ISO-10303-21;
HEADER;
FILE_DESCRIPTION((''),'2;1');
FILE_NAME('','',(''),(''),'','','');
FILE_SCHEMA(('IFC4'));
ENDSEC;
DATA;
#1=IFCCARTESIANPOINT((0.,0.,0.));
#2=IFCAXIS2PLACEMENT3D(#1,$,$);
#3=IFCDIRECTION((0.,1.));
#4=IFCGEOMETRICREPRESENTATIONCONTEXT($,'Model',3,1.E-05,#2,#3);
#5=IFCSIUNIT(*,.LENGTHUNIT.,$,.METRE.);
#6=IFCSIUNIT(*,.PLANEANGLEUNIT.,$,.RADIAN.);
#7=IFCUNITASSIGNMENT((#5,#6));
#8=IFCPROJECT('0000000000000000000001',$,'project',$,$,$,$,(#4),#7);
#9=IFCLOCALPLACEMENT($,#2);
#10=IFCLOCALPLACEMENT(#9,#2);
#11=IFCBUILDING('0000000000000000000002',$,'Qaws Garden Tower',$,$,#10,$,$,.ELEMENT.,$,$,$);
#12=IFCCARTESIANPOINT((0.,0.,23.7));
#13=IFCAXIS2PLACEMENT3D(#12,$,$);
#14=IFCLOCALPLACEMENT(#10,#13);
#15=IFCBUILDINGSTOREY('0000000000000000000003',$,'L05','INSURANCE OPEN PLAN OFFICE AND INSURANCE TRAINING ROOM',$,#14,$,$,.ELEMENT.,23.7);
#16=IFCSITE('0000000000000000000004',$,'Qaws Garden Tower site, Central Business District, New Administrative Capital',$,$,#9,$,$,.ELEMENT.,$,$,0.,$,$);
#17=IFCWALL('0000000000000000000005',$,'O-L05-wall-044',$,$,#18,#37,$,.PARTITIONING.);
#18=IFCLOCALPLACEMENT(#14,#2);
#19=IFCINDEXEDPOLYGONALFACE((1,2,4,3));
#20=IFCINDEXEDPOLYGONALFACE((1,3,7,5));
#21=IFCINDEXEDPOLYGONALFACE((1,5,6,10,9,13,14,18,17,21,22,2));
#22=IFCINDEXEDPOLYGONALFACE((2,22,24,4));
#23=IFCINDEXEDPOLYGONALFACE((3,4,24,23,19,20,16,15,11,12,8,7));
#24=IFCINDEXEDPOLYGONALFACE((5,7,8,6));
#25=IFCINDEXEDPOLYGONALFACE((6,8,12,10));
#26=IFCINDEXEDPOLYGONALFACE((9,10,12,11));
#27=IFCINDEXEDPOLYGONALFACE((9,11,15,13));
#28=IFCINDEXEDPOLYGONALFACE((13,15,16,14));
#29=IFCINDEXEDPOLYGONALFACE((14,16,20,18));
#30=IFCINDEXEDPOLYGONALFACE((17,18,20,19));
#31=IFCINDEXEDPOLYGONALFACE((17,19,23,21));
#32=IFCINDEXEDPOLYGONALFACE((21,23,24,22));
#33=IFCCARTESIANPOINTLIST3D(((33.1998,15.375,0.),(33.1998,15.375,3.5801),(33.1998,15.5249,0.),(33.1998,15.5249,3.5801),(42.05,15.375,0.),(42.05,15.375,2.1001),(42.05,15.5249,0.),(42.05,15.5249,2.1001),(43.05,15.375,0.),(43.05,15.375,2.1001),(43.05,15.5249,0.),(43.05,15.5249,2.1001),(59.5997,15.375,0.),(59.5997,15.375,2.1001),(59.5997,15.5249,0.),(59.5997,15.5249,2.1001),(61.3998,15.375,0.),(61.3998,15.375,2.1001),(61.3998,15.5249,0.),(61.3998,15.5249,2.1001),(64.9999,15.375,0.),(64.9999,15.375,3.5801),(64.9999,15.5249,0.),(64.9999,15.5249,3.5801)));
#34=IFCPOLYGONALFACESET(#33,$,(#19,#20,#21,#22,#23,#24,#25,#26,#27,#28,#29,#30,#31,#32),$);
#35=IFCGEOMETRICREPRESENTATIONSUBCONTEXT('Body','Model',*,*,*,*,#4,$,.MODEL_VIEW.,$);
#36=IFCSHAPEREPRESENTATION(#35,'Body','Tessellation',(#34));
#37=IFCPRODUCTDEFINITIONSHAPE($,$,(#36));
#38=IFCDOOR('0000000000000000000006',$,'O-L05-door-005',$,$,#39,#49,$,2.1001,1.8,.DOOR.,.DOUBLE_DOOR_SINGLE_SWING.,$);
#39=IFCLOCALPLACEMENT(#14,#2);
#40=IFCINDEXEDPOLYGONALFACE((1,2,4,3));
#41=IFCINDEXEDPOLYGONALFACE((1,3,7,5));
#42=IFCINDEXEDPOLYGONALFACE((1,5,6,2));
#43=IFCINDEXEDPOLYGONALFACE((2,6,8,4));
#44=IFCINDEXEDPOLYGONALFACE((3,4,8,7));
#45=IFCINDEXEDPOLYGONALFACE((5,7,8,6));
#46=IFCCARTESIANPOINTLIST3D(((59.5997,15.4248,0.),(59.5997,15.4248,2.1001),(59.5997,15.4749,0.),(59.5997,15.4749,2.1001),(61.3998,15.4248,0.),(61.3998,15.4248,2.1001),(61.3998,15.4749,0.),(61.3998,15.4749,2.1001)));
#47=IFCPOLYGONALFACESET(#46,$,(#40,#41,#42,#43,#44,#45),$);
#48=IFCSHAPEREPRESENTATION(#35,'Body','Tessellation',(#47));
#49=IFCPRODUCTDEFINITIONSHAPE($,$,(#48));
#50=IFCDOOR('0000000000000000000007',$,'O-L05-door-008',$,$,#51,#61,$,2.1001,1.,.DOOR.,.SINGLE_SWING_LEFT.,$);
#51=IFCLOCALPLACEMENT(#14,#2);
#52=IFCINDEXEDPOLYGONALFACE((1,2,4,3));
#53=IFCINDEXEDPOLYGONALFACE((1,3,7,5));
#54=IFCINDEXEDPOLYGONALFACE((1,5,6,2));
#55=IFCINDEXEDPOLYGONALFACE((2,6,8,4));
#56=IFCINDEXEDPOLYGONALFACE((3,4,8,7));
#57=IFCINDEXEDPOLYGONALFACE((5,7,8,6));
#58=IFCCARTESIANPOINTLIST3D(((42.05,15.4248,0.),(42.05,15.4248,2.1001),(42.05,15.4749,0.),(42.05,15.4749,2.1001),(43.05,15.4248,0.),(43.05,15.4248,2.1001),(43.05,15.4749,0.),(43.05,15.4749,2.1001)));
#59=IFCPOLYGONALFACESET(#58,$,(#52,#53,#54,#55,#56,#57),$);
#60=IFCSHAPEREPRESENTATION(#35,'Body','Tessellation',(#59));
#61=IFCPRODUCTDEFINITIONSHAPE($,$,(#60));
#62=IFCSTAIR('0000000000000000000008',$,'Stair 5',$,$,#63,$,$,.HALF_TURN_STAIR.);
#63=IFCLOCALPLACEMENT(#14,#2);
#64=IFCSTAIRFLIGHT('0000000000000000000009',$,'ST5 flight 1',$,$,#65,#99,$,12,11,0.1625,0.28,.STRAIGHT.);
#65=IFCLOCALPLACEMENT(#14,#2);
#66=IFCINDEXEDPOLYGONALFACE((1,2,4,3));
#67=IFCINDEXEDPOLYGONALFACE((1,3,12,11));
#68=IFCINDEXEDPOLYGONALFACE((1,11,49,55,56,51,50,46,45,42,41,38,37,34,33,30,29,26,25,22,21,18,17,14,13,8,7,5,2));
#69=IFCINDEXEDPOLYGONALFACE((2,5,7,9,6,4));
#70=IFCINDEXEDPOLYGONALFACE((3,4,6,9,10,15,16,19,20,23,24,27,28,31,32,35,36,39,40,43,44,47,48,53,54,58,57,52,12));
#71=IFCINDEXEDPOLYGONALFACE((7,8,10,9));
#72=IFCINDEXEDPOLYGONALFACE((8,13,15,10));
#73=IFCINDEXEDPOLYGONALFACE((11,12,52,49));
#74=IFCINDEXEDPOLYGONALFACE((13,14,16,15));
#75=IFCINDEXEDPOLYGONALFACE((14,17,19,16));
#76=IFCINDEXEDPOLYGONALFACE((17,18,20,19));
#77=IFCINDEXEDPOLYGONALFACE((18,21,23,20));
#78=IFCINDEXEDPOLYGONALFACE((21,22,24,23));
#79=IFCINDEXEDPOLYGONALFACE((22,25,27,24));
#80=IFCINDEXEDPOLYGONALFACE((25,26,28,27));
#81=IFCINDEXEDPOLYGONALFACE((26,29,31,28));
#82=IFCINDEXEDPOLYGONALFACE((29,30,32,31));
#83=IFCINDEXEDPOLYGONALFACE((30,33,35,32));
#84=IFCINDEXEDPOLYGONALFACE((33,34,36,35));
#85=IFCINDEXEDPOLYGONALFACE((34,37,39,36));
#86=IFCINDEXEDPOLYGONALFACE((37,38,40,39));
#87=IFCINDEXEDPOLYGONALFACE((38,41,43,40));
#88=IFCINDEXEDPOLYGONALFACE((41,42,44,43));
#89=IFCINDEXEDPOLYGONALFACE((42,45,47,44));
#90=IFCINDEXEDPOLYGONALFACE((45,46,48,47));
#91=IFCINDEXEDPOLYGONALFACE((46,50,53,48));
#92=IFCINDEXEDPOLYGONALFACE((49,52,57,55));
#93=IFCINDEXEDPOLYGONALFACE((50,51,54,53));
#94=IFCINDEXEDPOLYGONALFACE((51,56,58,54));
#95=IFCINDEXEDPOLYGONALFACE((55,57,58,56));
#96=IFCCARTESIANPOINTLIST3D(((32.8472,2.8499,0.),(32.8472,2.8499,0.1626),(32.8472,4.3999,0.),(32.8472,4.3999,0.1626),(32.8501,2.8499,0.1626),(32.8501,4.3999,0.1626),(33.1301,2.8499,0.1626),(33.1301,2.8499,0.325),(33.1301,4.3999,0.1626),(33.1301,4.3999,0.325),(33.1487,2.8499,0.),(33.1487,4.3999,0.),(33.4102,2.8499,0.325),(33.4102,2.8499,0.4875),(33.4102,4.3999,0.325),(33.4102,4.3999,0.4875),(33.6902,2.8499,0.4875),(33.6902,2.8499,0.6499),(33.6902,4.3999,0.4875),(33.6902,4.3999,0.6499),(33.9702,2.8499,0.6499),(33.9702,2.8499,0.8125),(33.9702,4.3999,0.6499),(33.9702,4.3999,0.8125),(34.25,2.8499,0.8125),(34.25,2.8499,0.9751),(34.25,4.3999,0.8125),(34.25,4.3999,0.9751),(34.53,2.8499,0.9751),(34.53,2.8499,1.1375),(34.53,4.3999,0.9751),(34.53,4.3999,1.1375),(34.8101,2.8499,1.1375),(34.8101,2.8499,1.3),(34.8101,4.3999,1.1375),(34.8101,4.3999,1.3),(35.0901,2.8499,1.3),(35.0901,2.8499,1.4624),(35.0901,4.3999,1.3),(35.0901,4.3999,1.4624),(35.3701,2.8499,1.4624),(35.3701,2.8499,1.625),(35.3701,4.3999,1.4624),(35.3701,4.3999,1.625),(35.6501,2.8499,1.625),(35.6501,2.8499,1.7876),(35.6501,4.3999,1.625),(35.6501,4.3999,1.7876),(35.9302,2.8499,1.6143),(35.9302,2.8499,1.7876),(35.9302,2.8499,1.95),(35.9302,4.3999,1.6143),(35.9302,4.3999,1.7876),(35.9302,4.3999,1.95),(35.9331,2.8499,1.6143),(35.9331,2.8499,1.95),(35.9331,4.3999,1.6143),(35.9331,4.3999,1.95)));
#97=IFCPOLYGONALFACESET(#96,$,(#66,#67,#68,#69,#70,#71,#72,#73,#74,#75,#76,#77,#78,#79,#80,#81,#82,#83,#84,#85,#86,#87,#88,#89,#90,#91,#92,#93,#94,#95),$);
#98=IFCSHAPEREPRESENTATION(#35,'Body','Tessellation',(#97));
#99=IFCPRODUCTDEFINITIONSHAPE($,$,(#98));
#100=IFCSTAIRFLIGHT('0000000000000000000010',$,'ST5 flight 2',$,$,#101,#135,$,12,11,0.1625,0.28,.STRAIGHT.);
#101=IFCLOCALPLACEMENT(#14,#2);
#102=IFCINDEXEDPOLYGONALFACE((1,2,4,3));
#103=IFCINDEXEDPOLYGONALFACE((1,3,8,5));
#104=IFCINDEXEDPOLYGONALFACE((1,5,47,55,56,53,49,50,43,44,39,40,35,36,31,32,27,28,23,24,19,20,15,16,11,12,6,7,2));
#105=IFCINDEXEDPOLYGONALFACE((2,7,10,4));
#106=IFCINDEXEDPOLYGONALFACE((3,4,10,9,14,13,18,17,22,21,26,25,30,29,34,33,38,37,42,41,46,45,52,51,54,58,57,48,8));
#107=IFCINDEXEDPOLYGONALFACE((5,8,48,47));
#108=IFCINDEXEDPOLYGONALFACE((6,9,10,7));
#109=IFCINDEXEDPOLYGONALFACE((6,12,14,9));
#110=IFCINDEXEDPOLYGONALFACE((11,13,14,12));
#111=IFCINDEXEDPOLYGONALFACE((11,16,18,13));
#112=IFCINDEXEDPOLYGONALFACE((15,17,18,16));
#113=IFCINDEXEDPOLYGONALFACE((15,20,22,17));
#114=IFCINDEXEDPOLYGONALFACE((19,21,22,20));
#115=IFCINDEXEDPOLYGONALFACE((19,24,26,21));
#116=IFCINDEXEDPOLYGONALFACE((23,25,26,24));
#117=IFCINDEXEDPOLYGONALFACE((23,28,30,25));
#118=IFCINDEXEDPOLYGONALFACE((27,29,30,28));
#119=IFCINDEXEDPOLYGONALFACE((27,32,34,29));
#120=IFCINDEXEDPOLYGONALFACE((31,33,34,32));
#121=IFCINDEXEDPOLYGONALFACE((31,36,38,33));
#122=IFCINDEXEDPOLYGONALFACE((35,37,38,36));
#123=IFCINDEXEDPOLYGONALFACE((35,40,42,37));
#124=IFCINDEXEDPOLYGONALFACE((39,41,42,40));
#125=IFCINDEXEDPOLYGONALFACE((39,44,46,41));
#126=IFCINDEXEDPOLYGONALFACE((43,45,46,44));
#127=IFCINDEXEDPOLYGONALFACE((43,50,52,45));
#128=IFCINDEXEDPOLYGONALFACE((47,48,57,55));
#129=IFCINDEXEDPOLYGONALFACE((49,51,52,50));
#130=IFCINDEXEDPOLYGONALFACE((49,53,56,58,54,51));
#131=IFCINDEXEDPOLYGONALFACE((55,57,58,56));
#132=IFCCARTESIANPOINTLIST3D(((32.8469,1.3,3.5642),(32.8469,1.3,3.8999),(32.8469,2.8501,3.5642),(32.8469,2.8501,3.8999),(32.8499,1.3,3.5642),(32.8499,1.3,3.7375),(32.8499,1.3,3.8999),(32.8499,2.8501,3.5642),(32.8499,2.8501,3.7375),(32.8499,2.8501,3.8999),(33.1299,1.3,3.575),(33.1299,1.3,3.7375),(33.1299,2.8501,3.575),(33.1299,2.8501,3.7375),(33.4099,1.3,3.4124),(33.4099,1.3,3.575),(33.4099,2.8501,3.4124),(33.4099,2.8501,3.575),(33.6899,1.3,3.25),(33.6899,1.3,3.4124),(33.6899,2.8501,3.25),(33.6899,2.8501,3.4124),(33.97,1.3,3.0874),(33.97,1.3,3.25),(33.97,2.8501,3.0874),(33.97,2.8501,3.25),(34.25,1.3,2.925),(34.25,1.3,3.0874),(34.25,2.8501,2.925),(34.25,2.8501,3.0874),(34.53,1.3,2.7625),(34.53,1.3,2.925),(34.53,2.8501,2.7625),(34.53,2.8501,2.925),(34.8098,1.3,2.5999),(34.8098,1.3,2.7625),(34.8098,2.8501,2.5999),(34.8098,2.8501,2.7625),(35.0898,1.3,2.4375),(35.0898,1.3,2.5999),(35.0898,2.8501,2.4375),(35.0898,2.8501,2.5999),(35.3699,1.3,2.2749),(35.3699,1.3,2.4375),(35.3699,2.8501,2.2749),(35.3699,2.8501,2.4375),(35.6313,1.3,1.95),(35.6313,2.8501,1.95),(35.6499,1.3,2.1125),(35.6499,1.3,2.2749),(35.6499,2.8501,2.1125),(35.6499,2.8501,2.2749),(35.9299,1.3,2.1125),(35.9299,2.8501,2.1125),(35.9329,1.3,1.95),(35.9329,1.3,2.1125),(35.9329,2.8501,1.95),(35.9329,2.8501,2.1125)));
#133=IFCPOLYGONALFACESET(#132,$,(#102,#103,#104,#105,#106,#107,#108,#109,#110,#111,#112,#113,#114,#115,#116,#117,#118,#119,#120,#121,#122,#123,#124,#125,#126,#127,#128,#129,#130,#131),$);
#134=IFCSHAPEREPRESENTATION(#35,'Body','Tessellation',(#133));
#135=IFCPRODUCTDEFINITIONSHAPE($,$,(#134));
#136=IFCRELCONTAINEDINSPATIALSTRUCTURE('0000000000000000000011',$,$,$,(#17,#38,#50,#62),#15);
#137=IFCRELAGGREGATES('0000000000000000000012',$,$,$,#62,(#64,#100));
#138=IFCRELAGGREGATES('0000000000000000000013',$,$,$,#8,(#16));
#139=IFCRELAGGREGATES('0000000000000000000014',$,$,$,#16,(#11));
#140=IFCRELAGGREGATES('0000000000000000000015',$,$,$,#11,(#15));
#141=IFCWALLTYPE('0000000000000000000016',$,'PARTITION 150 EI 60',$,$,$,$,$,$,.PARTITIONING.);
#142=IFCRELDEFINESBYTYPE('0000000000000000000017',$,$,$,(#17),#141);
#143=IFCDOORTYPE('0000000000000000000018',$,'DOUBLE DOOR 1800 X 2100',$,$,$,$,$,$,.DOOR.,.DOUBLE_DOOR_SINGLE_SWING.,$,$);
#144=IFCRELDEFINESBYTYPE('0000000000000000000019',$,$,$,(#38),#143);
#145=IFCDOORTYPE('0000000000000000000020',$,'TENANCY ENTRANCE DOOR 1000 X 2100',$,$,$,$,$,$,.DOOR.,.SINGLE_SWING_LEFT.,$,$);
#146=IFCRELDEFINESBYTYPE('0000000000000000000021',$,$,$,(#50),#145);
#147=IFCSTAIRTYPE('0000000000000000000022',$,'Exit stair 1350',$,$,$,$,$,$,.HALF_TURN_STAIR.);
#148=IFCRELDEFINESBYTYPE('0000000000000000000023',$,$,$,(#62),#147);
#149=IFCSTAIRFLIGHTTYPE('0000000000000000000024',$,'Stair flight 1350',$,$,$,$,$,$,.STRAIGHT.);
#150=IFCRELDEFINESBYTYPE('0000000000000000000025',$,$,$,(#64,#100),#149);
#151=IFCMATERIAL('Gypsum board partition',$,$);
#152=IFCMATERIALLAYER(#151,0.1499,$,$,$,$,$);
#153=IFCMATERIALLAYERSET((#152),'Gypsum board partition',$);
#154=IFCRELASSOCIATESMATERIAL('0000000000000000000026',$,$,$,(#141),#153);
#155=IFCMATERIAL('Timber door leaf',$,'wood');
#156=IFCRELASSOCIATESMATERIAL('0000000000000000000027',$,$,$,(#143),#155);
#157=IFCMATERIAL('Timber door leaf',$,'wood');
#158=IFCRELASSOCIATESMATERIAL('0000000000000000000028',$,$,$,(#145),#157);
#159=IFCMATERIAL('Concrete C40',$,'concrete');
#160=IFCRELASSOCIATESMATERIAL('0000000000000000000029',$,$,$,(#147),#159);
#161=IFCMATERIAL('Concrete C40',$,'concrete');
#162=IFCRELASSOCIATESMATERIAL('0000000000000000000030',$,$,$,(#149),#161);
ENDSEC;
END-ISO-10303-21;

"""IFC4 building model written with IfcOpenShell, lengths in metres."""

from ifc_helpers import new_model, si_unit, direction, frame, frame_2d, origin, place, context, subcontext, project, spatial, polyline, rectangle, outline, extrude, material, layer, layer_set, type_object, element, fill, aggregate, save


model = new_model("IFC4")

# Units and contexts
model_context = context("Model", 3, precision=1e-05, world=origin(), true_north=direction((0.0, 1.0)))
body_context = subcontext(model_context, "Body", "Model", "MODEL_VIEW")
ifc_project = project(units=[si_unit("LENGTHUNIT", "METRE"), si_unit("PLANEANGLEUNIT", "RADIAN")], contexts=[model_context])

# Site, building, storey
site_placement = place(None, origin())
site = spatial("IfcSite", under=ifc_project, at=site_placement, Name="Qaws Garden Tower site, Central Business District, New Administrative Capital", CompositionType="ELEMENT", RefElevation=0.0)
building_placement = place(site_placement, origin())
building = spatial("IfcBuilding", under=site, at=building_placement, Name="Qaws Garden Tower", CompositionType="ELEMENT")
storey_placement = place(building_placement, frame((0.0, 0.0, 23.7)))
storey = spatial("IfcBuildingStorey", under=building, at=storey_placement, Name="L05", Description="INSURANCE OPEN PLAN OFFICE AND INSURANCE TRAINING ROOM", CompositionType="ELEMENT", Elevation=23.7)

# Shared definitions
ifc_material_1 = material(Name="Gypsum board partition")
ifc_layer_1 = layer(ifc_material_1, 0.1499)
ifc_layer_set_1 = layer_set([ifc_layer_1], Name="Gypsum board partition")
wall_type_1 = type_object("IfcWallType", Name="PARTITION 150 EI 60", PredefinedType="PARTITIONING", material=ifc_layer_set_1)

# Shared definitions
ifc_material_2 = material(Name="Timber door leaf", Category="wood")
door_type_1 = type_object("IfcDoorType", Name="DOUBLE DOOR 1800 X 2100", OperationType="DOUBLE_DOOR_SINGLE_SWING", PredefinedType="DOOR", material=ifc_material_2)

# Shared definitions
ifc_material_3 = material(Name="Timber door leaf", Category="wood")
door_type_2 = type_object("IfcDoorType", Name="TENANCY ENTRANCE DOOR 1000 X 2100", OperationType="SINGLE_SWING_LEFT", PredefinedType="DOOR", material=ifc_material_3)

# Wall, openings, doors
wall_1_placement = place(storey_placement, frame((33.2, 15.45, 0.0), z_axis=(0.0, 0.0, 1.0), x_axis=(1.0, 0.0, 0.0)))
wall_1 = element("IfcWall", 1, at=wall_1_placement, inside=storey, type_object=wall_type_1, Name="O-L05-wall-044", PredefinedType="PARTITIONING", context=body_context, shape_type="SweptSolid", body=[
    extrude(rectangle(XDim=31.8, YDim=0.1499, at=frame_2d((15.8999, 0.0))), origin(), (0.0, 0.0, 1.0), 3.5801),
])
opening_1_placement = place(wall_1_placement, frame((26.3999, 0.0, 0.0)))
opening_1 = element("IfcOpeningElement", 2, at=opening_1_placement, cuts=wall_1, PredefinedType="OPENING", context=body_context, shape_type="SweptSolid", body=[
    extrude(rectangle(XDim=1.8, YDim=2.1001, at=frame_2d((0.8999, 1.05))), frame((0.0, 0.085, 0.0), z_axis=(0.0, -1.0, 0.0), x_axis=(1.0, 0.0, 0.0)), (0.0, 0.0, 1.0), 0.1699),
])
opening_2_placement = place(wall_1_placement, frame((8.8501, 0.0, 0.0)))
opening_2 = element("IfcOpeningElement", 3, at=opening_2_placement, cuts=wall_1, PredefinedType="OPENING", context=body_context, shape_type="SweptSolid", body=[
    extrude(rectangle(XDim=1.0, YDim=2.1001, at=frame_2d((0.5, 1.05))), frame((0.0, 0.085, 0.0), z_axis=(0.0, -1.0, 0.0), x_axis=(1.0, 0.0, 0.0)), (0.0, 0.0, 1.0), 0.1699),
])
door_1_placement = place(opening_1_placement, origin())
door_1 = element("IfcDoor", 4, at=door_1_placement, inside=storey, type_object=door_type_1, Name="O-L05-door-005", OperationType="DOUBLE_DOOR_SINGLE_SWING", OverallHeight=2.1001, OverallWidth=1.8, PredefinedType="DOOR", context=body_context, shape_type="SweptSolid", body=[
    extrude(rectangle(XDim=1.8, YDim=2.1001, at=frame_2d((0.8999, 1.05))), frame((0.0, 0.0249, 0.0), z_axis=(0.0, -1.0, 0.0), x_axis=(1.0, 0.0, 0.0)), (0.0, 0.0, 1.0), 0.05),
])
fill(opening_1, door_1)
door_2_placement = place(opening_2_placement, origin())
door_2 = element("IfcDoor", 5, at=door_2_placement, inside=storey, type_object=door_type_2, Name="O-L05-door-008", OperationType="SINGLE_SWING_LEFT", OverallHeight=2.1001, OverallWidth=1.0, PredefinedType="DOOR", context=body_context, shape_type="SweptSolid", body=[
    extrude(rectangle(XDim=1.0, YDim=2.1001, at=frame_2d((0.5, 1.05))), frame((0.0, 0.0249, 0.0), z_axis=(0.0, -1.0, 0.0), x_axis=(1.0, 0.0, 0.0)), (0.0, 0.0, 1.0), 0.05),
])
fill(opening_2, door_2)

# Stair, stair flights
ifc_material_4 = material(Name="Concrete C40", Category="concrete")
stair_type = type_object("IfcStairType", Name="Exit stair 1350", PredefinedType="HALF_TURN_STAIR", material=ifc_material_4)
stair_placement = place(storey_placement, origin())
stair = element("IfcStair", 6, at=stair_placement, inside=storey, type_object=stair_type, Name="Stair 5", PredefinedType="HALF_TURN_STAIR")
ifc_material_5 = material(Name="Concrete C40", Category="concrete")
stair_flight_type = type_object("IfcStairFlightType", Name="Stair flight 1350", PredefinedType="STRAIGHT", material=ifc_material_5)
stair_flight_1_placement = place(storey_placement, frame((32.8501, 3.625, 0.0), z_axis=(0.0, 0.0, 1.0), x_axis=(1.0, 0.0, 0.0)))
stair_flight_1 = element("IfcStairFlight", 7, at=stair_flight_1_placement, type_object=stair_flight_type, Name="ST5 flight 1", NumberOfRisers=12, NumberOfTreads=11, PredefinedType="STRAIGHT", RiserHeight=0.1625, TreadLength=0.28, context=body_context, shape_type="SweptSolid", body=[
    extrude(outline(polyline([(-0.0029, 0.0), (-0.0029, 0.1626), (0.0, 0.1626), (0.28, 0.1626), (0.28, 0.325), (0.5601, 0.325), (0.5601, 0.4875), (0.8401, 0.4875), (0.8401, 0.6499), (1.1201, 0.6499), (1.1201, 0.8125), (1.3999, 0.8125), (1.3999, 0.9751), (1.6799, 0.9751), (1.6799, 1.1375), (1.96, 1.1375), (1.96, 1.3), (2.24, 1.3), (2.24, 1.4624), (2.52, 1.4624), (2.52, 1.625), (2.8, 1.625), (2.8, 1.7876), (3.0801, 1.7876), (3.0801, 1.95), (3.083, 1.95), (3.083, 1.6143), (3.0801, 1.6143), (0.2986, 0.0), (-0.0029, 0.0)])), frame((0.0, 0.7749, 0.0), z_axis=(0.0, -1.0, 0.0), x_axis=(1.0, 0.0, 0.0)), (0.0, 0.0, 1.0), 1.55),
])
stair_flight_2_placement = place(storey_placement, frame((35.9299, 2.075, 1.95), z_axis=(0.0, 0.0, 1.0), x_axis=(-1.0, 0.0, 0.0)))
stair_flight_2 = element("IfcStairFlight", 8, at=stair_flight_2_placement, type_object=stair_flight_type, Name="ST5 flight 2", NumberOfRisers=12, NumberOfTreads=11, PredefinedType="STRAIGHT", RiserHeight=0.1625, TreadLength=0.28, context=body_context, shape_type="SweptSolid", body=[
    extrude(outline(polyline([(-0.0029, 0.0), (-0.0029, 0.1626), (0.0, 0.1626), (0.28, 0.1626), (0.28, 0.325), (0.5601, 0.325), (0.5601, 0.4875), (0.8401, 0.4875), (0.8401, 0.6499), (1.1201, 0.6499), (1.1201, 0.8125), (1.3999, 0.8125), (1.3999, 0.9751), (1.6799, 0.9751), (1.6799, 1.1375), (1.96, 1.1375), (1.96, 1.3), (2.24, 1.3), (2.24, 1.4624), (2.52, 1.4624), (2.52, 1.625), (2.8, 1.625), (2.8, 1.7876), (3.0801, 1.7876), (3.0801, 1.95), (3.083, 1.95), (3.083, 1.6143), (3.0801, 1.6143), (0.2986, 0.0), (-0.0029, 0.0)])), frame((0.0, 0.7749, 0.0), z_axis=(0.0, -1.0, 0.0), x_axis=(1.0, 0.0, 0.0)), (0.0, 0.0, 1.0), 1.55),
])
aggregate(stair, [stair_flight_1, stair_flight_2])

save(model, "model.ifc")
